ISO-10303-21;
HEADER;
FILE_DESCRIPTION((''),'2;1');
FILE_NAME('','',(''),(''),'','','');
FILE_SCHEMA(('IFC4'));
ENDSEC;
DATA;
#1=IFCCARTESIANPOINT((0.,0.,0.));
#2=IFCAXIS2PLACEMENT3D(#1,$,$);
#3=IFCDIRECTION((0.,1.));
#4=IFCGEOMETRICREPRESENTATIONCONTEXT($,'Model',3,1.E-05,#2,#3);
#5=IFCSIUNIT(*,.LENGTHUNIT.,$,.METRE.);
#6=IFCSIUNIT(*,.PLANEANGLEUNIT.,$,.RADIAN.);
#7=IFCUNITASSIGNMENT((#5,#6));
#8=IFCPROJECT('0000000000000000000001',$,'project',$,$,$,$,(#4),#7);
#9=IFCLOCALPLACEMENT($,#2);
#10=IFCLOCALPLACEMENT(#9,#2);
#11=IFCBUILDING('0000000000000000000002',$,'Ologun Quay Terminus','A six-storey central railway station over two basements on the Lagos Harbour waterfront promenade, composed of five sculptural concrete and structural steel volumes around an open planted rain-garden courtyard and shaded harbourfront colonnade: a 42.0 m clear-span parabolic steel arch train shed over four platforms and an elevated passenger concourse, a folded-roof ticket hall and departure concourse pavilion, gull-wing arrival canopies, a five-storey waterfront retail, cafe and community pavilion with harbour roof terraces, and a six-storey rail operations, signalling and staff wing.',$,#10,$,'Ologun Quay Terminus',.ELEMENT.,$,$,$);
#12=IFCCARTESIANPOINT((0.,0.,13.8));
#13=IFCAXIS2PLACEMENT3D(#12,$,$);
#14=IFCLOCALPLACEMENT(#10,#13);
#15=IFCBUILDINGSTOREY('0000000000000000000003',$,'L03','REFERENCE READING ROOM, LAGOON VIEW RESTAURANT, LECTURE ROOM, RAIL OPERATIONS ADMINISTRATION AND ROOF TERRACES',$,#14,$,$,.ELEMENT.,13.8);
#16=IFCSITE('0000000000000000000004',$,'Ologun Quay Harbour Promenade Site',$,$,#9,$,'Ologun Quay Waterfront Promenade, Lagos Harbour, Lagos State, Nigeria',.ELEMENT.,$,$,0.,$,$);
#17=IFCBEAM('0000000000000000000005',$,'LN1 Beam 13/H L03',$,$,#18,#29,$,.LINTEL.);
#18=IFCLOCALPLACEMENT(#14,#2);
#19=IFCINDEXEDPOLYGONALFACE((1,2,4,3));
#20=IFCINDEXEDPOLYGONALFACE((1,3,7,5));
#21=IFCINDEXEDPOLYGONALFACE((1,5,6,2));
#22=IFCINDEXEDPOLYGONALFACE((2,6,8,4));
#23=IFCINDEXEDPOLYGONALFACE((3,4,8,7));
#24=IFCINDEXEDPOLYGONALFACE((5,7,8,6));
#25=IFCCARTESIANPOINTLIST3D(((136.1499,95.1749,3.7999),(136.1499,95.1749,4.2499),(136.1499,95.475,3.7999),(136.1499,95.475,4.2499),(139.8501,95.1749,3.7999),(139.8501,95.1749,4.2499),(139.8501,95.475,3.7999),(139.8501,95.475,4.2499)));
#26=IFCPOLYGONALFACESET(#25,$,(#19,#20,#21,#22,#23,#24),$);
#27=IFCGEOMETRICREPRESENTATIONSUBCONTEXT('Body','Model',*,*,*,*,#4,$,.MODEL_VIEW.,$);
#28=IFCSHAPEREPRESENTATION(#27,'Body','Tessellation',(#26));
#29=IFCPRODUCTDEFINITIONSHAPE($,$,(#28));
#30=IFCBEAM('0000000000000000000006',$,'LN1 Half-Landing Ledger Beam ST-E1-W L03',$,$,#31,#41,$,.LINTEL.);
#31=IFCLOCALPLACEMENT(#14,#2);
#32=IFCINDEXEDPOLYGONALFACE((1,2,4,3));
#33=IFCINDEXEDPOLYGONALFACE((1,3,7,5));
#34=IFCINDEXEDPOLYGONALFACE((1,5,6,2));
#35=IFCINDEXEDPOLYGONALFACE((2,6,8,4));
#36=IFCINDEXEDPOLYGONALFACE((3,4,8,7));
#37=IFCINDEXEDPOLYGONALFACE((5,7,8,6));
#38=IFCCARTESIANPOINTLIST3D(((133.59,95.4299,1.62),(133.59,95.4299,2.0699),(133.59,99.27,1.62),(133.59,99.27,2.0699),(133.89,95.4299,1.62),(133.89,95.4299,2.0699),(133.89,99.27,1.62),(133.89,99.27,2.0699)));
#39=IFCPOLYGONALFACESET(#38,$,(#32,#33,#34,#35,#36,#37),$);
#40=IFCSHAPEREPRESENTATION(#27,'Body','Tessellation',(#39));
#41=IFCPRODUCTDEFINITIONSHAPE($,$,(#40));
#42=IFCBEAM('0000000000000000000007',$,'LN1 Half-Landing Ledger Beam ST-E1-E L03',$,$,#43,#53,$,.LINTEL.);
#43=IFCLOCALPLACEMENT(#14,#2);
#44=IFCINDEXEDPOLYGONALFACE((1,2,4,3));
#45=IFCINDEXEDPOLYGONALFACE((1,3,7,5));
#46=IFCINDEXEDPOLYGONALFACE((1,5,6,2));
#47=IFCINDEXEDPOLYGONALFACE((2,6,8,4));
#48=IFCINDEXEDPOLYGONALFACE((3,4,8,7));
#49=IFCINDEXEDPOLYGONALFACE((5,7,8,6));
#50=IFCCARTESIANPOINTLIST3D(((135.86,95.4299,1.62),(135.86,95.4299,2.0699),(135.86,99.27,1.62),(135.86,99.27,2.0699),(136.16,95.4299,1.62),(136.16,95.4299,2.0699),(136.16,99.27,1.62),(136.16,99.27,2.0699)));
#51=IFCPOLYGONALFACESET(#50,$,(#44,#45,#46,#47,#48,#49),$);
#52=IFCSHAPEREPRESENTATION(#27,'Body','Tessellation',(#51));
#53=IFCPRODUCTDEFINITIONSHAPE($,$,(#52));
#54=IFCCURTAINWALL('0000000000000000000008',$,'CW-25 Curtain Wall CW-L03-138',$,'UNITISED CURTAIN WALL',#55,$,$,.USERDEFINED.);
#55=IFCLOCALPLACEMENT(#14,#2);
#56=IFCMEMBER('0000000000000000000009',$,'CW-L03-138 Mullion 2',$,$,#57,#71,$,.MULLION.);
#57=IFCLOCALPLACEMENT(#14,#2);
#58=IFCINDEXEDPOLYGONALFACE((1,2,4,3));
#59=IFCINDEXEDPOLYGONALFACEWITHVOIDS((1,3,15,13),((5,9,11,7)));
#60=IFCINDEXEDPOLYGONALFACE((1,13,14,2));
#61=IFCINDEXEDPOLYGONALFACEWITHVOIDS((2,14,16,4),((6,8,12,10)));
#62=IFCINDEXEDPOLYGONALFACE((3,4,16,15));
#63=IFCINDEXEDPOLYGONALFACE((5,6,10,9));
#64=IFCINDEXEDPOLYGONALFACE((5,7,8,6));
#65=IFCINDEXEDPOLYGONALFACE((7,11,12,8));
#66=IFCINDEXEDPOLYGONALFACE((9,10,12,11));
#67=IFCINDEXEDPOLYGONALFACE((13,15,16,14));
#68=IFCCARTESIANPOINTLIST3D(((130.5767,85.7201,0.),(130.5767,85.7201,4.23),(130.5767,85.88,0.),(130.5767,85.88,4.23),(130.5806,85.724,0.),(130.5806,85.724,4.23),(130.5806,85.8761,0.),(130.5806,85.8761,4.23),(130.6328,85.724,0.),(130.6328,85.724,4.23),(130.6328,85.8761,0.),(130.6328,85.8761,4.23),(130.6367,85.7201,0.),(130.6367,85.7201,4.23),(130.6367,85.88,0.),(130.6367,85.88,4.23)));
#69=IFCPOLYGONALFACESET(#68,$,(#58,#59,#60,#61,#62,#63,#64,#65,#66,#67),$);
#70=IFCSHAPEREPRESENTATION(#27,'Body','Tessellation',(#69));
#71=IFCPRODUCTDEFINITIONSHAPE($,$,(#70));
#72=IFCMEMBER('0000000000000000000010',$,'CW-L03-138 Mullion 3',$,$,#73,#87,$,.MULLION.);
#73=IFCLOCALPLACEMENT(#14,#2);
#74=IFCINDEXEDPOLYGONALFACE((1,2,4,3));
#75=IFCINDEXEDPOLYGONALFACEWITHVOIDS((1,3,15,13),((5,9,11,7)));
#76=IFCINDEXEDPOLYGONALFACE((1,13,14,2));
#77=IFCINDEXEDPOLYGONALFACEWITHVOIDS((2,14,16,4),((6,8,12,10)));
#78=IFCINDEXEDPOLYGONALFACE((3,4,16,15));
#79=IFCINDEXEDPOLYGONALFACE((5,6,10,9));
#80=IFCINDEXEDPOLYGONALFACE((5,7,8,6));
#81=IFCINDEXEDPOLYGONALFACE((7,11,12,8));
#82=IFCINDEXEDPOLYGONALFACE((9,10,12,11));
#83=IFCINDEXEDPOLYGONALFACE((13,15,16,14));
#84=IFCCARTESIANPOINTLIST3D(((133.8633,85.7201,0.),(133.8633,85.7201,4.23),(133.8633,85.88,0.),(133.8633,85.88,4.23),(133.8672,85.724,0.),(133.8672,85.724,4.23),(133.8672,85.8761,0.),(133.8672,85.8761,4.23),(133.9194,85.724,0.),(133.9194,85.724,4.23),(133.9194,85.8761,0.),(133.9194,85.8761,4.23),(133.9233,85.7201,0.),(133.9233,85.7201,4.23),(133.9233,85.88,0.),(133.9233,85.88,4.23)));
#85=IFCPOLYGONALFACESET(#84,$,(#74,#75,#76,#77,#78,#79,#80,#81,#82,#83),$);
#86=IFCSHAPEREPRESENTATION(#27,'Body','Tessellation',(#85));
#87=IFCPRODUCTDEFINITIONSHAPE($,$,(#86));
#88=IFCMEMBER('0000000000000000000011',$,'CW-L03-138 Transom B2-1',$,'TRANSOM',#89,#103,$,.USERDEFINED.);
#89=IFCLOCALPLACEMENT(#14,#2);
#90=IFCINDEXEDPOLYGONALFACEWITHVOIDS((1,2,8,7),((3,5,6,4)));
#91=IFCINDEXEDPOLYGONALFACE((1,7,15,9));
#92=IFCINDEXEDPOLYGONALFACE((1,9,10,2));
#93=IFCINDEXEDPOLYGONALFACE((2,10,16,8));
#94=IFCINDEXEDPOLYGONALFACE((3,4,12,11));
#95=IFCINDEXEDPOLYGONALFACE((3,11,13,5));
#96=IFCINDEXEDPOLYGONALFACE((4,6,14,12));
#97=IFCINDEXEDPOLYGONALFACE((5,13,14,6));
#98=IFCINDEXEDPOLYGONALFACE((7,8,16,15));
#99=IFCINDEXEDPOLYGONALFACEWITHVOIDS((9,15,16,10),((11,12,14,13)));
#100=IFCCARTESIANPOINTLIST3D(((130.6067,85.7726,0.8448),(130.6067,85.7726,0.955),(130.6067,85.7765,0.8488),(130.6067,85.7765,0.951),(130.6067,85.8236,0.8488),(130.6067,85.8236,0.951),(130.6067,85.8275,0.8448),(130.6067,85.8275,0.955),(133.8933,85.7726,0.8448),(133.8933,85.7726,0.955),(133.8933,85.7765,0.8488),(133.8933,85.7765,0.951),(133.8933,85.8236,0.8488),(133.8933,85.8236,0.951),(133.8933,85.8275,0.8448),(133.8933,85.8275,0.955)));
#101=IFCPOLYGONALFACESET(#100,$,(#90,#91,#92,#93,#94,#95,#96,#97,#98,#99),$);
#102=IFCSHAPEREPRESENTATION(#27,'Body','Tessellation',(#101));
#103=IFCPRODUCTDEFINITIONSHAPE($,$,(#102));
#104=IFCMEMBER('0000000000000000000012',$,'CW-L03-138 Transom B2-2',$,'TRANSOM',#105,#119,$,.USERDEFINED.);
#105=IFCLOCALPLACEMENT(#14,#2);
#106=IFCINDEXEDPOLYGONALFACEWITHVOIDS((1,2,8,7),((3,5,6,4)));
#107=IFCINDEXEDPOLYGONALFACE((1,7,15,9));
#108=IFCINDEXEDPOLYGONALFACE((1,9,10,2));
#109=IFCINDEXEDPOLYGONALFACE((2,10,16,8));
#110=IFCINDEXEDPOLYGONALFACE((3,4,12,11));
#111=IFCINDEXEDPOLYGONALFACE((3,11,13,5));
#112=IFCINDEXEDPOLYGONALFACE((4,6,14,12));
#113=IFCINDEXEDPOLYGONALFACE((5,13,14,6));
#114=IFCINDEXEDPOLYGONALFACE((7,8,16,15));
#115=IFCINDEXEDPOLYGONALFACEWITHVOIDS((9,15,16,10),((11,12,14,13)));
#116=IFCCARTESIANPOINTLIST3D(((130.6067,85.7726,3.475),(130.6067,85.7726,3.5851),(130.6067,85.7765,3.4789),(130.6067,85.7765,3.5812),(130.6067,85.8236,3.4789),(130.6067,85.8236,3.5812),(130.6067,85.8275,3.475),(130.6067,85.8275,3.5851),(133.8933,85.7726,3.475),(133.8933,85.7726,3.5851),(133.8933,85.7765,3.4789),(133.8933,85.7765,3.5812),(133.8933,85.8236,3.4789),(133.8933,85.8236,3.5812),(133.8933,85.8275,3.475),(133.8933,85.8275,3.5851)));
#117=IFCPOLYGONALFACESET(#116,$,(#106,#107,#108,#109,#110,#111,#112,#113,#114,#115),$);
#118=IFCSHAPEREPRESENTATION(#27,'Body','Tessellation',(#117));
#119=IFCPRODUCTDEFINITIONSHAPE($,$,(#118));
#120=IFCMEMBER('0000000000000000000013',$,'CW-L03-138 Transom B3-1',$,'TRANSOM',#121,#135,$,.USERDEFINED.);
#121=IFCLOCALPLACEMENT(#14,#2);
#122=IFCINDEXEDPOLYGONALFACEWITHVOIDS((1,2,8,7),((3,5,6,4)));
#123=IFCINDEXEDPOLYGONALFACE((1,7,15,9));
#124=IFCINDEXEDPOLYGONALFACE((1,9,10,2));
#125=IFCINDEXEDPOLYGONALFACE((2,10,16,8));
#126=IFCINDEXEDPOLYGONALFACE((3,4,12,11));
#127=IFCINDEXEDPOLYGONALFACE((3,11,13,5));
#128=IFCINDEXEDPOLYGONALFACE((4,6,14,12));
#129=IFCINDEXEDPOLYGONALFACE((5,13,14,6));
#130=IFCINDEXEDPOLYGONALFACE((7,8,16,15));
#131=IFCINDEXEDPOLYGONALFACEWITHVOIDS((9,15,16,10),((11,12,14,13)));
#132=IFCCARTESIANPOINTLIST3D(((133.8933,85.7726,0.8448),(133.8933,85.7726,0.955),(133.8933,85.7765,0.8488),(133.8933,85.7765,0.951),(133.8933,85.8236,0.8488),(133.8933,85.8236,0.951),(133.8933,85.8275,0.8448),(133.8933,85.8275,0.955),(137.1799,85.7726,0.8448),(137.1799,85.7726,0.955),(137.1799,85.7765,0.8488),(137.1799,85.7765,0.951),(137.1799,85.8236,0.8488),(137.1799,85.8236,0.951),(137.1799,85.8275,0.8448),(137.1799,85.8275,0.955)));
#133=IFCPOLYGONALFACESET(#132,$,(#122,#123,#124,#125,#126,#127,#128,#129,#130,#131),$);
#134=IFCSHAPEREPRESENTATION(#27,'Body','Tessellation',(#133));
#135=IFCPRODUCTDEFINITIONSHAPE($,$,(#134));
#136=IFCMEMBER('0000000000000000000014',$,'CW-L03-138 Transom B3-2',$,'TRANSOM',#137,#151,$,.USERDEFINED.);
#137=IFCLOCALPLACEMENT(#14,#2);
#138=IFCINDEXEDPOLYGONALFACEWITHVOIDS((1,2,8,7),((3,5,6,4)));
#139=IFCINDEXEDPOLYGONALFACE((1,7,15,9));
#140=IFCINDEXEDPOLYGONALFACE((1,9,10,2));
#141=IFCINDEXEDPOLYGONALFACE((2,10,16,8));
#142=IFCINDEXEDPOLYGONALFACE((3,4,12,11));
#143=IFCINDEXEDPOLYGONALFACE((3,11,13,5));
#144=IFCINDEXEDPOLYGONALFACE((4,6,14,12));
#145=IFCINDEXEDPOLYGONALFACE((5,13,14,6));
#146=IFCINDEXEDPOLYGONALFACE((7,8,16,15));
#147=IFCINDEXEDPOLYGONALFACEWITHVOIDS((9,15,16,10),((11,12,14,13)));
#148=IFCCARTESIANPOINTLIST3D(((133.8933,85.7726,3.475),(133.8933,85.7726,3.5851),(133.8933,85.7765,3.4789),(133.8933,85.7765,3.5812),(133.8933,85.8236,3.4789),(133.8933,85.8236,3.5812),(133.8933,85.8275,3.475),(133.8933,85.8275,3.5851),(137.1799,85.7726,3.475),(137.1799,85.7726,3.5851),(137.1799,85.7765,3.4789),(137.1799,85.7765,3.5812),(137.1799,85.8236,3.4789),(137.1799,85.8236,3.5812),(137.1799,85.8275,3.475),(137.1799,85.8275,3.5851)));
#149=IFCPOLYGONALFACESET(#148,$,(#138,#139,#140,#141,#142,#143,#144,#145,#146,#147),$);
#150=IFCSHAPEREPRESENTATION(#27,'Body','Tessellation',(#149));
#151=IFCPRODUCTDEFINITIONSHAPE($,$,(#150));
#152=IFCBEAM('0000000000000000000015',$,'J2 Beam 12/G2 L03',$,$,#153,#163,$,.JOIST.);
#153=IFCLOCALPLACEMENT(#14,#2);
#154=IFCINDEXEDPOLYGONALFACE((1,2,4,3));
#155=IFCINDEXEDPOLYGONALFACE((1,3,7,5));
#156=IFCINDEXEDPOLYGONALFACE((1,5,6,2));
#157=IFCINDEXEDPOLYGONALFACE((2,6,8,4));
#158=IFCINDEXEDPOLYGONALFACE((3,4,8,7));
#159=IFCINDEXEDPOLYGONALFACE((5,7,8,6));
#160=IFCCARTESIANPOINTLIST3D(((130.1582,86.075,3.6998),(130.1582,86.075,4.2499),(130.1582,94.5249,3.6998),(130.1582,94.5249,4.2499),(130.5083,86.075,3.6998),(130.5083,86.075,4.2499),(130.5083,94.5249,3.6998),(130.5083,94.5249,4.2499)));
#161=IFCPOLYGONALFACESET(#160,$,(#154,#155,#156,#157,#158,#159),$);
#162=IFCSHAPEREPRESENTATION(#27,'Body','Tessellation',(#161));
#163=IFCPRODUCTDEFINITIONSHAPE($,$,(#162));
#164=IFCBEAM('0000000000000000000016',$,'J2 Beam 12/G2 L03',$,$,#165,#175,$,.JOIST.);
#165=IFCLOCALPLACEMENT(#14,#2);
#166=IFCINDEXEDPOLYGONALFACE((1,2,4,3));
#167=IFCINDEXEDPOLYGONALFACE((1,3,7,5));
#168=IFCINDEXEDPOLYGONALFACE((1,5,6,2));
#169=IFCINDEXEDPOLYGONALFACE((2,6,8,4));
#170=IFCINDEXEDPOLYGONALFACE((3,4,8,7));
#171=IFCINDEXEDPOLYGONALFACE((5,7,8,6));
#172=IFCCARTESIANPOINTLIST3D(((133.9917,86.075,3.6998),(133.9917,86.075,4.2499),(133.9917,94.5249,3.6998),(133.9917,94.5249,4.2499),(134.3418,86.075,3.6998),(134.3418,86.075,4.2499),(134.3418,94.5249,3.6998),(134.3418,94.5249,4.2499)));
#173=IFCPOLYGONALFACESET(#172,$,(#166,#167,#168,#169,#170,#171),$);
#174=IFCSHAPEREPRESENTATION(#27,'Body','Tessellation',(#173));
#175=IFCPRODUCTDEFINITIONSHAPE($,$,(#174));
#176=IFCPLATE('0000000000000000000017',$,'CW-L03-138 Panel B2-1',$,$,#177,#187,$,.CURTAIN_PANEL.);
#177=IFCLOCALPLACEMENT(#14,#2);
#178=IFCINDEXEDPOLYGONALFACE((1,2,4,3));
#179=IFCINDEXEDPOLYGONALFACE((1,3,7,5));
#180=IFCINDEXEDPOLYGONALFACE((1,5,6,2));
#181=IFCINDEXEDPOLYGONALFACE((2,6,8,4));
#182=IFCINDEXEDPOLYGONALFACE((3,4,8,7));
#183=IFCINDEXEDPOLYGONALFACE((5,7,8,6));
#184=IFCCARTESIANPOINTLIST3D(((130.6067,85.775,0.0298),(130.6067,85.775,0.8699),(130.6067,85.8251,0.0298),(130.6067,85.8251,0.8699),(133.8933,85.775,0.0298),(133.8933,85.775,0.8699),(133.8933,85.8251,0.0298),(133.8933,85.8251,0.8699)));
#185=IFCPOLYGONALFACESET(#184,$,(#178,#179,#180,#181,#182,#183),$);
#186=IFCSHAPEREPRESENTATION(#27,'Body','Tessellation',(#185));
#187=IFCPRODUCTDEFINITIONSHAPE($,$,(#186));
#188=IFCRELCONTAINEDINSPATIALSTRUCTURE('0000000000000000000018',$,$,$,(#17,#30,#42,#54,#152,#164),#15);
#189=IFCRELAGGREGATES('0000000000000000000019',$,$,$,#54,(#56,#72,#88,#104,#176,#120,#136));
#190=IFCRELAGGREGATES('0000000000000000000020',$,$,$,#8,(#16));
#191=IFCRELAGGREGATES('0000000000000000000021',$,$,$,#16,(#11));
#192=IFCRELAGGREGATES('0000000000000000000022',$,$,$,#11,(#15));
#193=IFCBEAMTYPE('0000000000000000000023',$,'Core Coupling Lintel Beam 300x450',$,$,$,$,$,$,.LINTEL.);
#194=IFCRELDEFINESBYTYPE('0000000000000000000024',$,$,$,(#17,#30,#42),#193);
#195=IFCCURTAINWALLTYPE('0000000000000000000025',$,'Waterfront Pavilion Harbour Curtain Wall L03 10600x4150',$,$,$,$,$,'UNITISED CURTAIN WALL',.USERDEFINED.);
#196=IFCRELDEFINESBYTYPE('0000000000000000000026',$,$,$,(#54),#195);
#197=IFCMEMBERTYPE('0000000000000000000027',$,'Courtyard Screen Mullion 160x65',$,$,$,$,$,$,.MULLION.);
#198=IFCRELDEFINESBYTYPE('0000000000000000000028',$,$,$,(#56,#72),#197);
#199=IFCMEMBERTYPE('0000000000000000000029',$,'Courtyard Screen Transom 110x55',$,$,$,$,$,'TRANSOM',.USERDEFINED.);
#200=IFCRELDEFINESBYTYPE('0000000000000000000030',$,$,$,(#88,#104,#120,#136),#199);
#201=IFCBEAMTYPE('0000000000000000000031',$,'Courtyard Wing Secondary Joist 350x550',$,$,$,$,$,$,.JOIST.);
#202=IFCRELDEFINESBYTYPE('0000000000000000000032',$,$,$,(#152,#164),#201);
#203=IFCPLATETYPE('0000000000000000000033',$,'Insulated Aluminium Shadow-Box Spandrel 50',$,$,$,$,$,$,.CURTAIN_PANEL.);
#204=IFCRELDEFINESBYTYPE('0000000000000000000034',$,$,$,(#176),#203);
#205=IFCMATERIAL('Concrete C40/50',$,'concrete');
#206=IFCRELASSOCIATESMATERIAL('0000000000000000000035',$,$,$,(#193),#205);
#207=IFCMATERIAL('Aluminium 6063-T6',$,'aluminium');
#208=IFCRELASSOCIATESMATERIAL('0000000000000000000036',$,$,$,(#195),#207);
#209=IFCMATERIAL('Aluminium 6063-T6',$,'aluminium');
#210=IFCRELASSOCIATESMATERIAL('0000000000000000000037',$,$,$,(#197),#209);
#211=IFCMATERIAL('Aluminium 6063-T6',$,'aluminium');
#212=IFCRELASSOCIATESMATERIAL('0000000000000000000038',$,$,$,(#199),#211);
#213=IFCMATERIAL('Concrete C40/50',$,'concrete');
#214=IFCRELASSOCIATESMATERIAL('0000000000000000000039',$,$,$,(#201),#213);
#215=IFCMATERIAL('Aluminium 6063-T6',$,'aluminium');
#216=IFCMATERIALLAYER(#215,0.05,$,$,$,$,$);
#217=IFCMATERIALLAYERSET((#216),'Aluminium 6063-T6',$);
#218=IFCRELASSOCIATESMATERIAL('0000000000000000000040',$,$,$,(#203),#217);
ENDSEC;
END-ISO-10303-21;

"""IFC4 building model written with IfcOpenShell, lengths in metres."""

from ifc_helpers import new_model, si_unit, direction, frame, origin, origin_2d, place, context, subcontext, project, spatial, rectangle, hollow_rectangle, extrude, material, layer, layer_set, material_profile, profile_set, type_object, element, aggregate, save


model = new_model("IFC4")

# Units and contexts
model_context = context("Model", 3, precision=1e-05, world=origin(), true_north=direction((0.0, 1.0)))
body_context = subcontext(model_context, "Body", "Model", "MODEL_VIEW")
ifc_project = project(units=[si_unit("LENGTHUNIT", "METRE"), si_unit("PLANEANGLEUNIT", "RADIAN")], contexts=[model_context])

# Site, building, storey
site_placement = place(None, origin())
site = spatial("IfcSite", under=ifc_project, at=site_placement, Name="Ologun Quay Harbour Promenade Site", LongName="Ologun Quay Waterfront Promenade, Lagos Harbour, Lagos State, Nigeria", CompositionType="ELEMENT", RefElevation=0.0)
building_placement = place(site_placement, origin())
building = spatial("IfcBuilding", under=site, at=building_placement, Name="Ologun Quay Terminus", Description="A six-storey central railway station over two basements on the Lagos Harbour waterfront promenade, composed of five sculptural concrete and structural steel volumes around an open planted rain-garden courtyard and shaded harbourfront colonnade: a 42.0 m clear-span parabolic steel arch train shed over four platforms and an elevated passenger concourse, a folded-roof ticket hall and departure concourse pavilion, gull-wing arrival canopies, a five-storey waterfront retail, cafe and community pavilion with harbour roof terraces, and a six-storey rail operations, signalling and staff wing.", LongName="Ologun Quay Terminus", CompositionType="ELEMENT")
storey_placement = place(building_placement, frame((0.0, 0.0, 13.8)))
storey = spatial("IfcBuildingStorey", under=building, at=storey_placement, Name="L03", Description="REFERENCE READING ROOM, LAGOON VIEW RESTAURANT, LECTURE ROOM, RAIL OPERATIONS ADMINISTRATION AND ROOF TERRACES", CompositionType="ELEMENT", Elevation=13.8)

# Beams
ifc_material_1 = material(Name="Concrete C40/50", Category="concrete")
ifc_material_profile_1 = material_profile(ifc_material_1, rectangle(XDim=0.3, YDim=0.45, at=origin_2d()), Name="RC 300x450")
ifc_profile_set_1 = profile_set([ifc_material_profile_1], Name="Concrete C40/50")
beam_type_1 = type_object("IfcBeamType", Name="Core Coupling Lintel Beam 300x450", PredefinedType="LINTEL", material=ifc_profile_set_1)
beam_placement = place(storey_placement, frame((136.1499, 95.325, 4.0249), z_axis=(1.0, 0.0, 0.0), x_axis=(0.0, 1.0, 0.0)))
element("IfcBeam", 1, at=beam_placement, inside=storey, type_object=beam_type_1, Name="LN1 Beam 13/H L03", PredefinedType="LINTEL", context=body_context, shape_type="SweptSolid", body=[
    extrude(rectangle(XDim=0.3, YDim=0.45, at=origin_2d()), origin(), (0.0, 0.0, 1.0), 3.7002),
])
for number, where, z_axis, x_axis, name in (
    (2, (133.74, 95.4299, 1.845), (0.0, 1.0, 0.0), (-1.0, 0.0, 0.0), "LN1 Half-Landing Ledger Beam ST-E1-W L03"),
    (3, (136.01, 95.4299, 1.845), (0.0, 1.0, 0.0), (-1.0, 0.0, 0.0), "LN1 Half-Landing Ledger Beam ST-E1-E L03"),
):
    element("IfcBeam", number, at=place(storey_placement, frame(where, z_axis=z_axis, x_axis=x_axis)), inside=storey, type_object=beam_type_1, Name=name, PredefinedType="LINTEL", context=body_context, shape_type="SweptSolid", body=[
        extrude(rectangle(XDim=0.3, YDim=0.45, at=origin_2d()), origin(), (0.0, 0.0, 1.0), 3.8401),
    ])

# Curtain wall, members
ifc_material_2 = material(Name="Aluminium 6063-T6", Category="aluminium")
curtain_wall_type = type_object("IfcCurtainWallType", Name="Waterfront Pavilion Harbour Curtain Wall L03 10600x4150", ElementType="UNITISED CURTAIN WALL", PredefinedType="USERDEFINED", material=ifc_material_2)
curtain_wall_placement = place(storey_placement, origin())
curtain_wall = element("IfcCurtainWall", 4, at=curtain_wall_placement, inside=storey, type_object=curtain_wall_type, Name="CW-25 Curtain Wall CW-L03-138", ObjectType="UNITISED CURTAIN WALL", PredefinedType="USERDEFINED")
ifc_material_3 = material(Name="Aluminium 6063-T6", Category="aluminium")
ifc_material_profile_2 = material_profile(ifc_material_3, hollow_rectangle(XDim=0.0601, YDim=0.1599, WallThickness=0.0039, at=origin_2d()), Name="ALU 160x60x4")
ifc_profile_set_2 = profile_set([ifc_material_profile_2], Name="Aluminium 6063-T6")
member_type_1 = type_object("IfcMemberType", Name="Courtyard Screen Mullion 160x65", PredefinedType="MULLION", material=ifc_profile_set_2)
member_1_placement = place(storey_placement, frame((130.6067, 85.8, 0.0), z_axis=(0.0, 0.0, 1.0), x_axis=(1.0, 0.0, 0.0)))
member_1 = element("IfcMember", 5, at=member_1_placement, type_object=member_type_1, Name="CW-L03-138 Mullion 2", PredefinedType="MULLION", context=body_context, shape_type="SweptSolid", body=[
    extrude(hollow_rectangle(XDim=0.0601, YDim=0.1599, WallThickness=0.0039, at=origin_2d()), origin(), (0.0, 0.0, 1.0), 4.23),
])
member_2_placement = place(storey_placement, frame((133.8933, 85.8, 0.0), z_axis=(0.0, 0.0, 1.0), x_axis=(1.0, 0.0, 0.0)))
member_2 = element("IfcMember", 6, at=member_2_placement, type_object=member_type_1, Name="CW-L03-138 Mullion 3", PredefinedType="MULLION", context=body_context, shape_type="SweptSolid", body=[
    extrude(hollow_rectangle(XDim=0.0601, YDim=0.1599, WallThickness=0.0039, at=origin_2d()), origin(), (0.0, 0.0, 1.0), 4.23),
])
ifc_material_4 = material(Name="Aluminium 6063-T6", Category="aluminium")
ifc_material_profile_3 = material_profile(ifc_material_4, hollow_rectangle(XDim=0.0549, YDim=0.1101, WallThickness=0.0039, at=origin_2d()), Name="ALU 110x55x4")
ifc_profile_set_3 = profile_set([ifc_material_profile_3], Name="Aluminium 6063-T6")
member_type_2 = type_object("IfcMemberType", Name="Courtyard Screen Transom 110x55", ElementType="TRANSOM", PredefinedType="USERDEFINED", material=ifc_profile_set_3)
member_3_placement = place(storey_placement, frame((130.6067, 85.8, 0.8999), z_axis=(1.0, 0.0, 0.0), x_axis=(0.0, 1.0, 0.0)))
member_3 = element("IfcMember", 7, at=member_3_placement, type_object=member_type_2, Name="CW-L03-138 Transom B2-1", ObjectType="TRANSOM", PredefinedType="USERDEFINED", context=body_context, shape_type="SweptSolid", body=[
    extrude(hollow_rectangle(XDim=0.0549, YDim=0.1101, WallThickness=0.0039, at=origin_2d()), origin(), (0.0, 0.0, 1.0), 3.2866),
])
member_4_placement = place(storey_placement, frame((130.6067, 85.8, 3.53), z_axis=(1.0, 0.0, 0.0), x_axis=(0.0, 1.0, 0.0)))
member_4 = element("IfcMember", 8, at=member_4_placement, type_object=member_type_2, Name="CW-L03-138 Transom B2-2", ObjectType="TRANSOM", PredefinedType="USERDEFINED", context=body_context, shape_type="SweptSolid", body=[
    extrude(hollow_rectangle(XDim=0.0549, YDim=0.1101, WallThickness=0.0039, at=origin_2d()), origin(), (0.0, 0.0, 1.0), 3.2866),
])
member_5_placement = place(storey_placement, frame((133.8933, 85.8, 0.8999), z_axis=(1.0, 0.0, 0.0), x_axis=(0.0, 1.0, 0.0)))
member_5 = element("IfcMember", 9, at=member_5_placement, type_object=member_type_2, Name="CW-L03-138 Transom B3-1", ObjectType="TRANSOM", PredefinedType="USERDEFINED", context=body_context, shape_type="SweptSolid", body=[
    extrude(hollow_rectangle(XDim=0.0549, YDim=0.1101, WallThickness=0.0039, at=origin_2d()), origin(), (0.0, 0.0, 1.0), 3.2866),
])
member_6_placement = place(storey_placement, frame((133.8933, 85.8, 3.53), z_axis=(1.0, 0.0, 0.0), x_axis=(0.0, 1.0, 0.0)))
member_6 = element("IfcMember", 10, at=member_6_placement, type_object=member_type_2, Name="CW-L03-138 Transom B3-2", ObjectType="TRANSOM", PredefinedType="USERDEFINED", context=body_context, shape_type="SweptSolid", body=[
    extrude(hollow_rectangle(XDim=0.0549, YDim=0.1101, WallThickness=0.0039, at=origin_2d()), origin(), (0.0, 0.0, 1.0), 3.2866),
])

# Beams
ifc_material_5 = material(Name="Concrete C40/50", Category="concrete")
ifc_material_profile_4 = material_profile(ifc_material_5, rectangle(XDim=0.3501, YDim=0.55, at=origin_2d()), Name="RC 350x550")
ifc_profile_set_4 = profile_set([ifc_material_profile_4], Name="Concrete C40/50")
beam_type_2 = type_object("IfcBeamType", Name="Courtyard Wing Secondary Joist 350x550", PredefinedType="JOIST", material=ifc_profile_set_4)
for number, where, z_axis, x_axis, name in (
    (11, (130.3333, 86.075, 3.9749), (0.0, 1.0, 0.0), (-1.0, 0.0, 0.0), "J2 Beam 12/G2 L03"),
    (12, (134.1667, 86.075, 3.9749), (0.0, 1.0, 0.0), (-1.0, 0.0, 0.0), "J2 Beam 12/G2 L03"),
):
    element("IfcBeam", number, at=place(storey_placement, frame(where, z_axis=z_axis, x_axis=x_axis)), inside=storey, type_object=beam_type_2, Name=name, PredefinedType="JOIST", context=body_context, shape_type="SweptSolid", body=[
        extrude(rectangle(XDim=0.3501, YDim=0.55, at=origin_2d()), origin(), (0.0, 0.0, 1.0), 8.45),
    ])

# Plate
ifc_material_6 = material(Name="Aluminium 6063-T6", Category="aluminium")
ifc_layer_1 = layer(ifc_material_6, 0.05)
ifc_layer_set_1 = layer_set([ifc_layer_1], Name="Aluminium 6063-T6")
plate_type_1 = type_object("IfcPlateType", Name="Insulated Aluminium Shadow-Box Spandrel 50", PredefinedType="CURTAIN_PANEL", material=ifc_layer_set_1)
plate_1_placement = place(storey_placement, frame((132.25, 85.8, 0.0298), z_axis=(0.0, 0.0, 1.0), x_axis=(1.0, 0.0, 0.0)))
plate_1 = element("IfcPlate", 13, at=plate_1_placement, type_object=plate_type_1, Name="CW-L03-138 Panel B2-1", PredefinedType="CURTAIN_PANEL", context=body_context, shape_type="SweptSolid", body=[
    extrude(rectangle(XDim=3.2866, YDim=0.05, at=origin_2d()), origin(), (0.0, 0.0, 1.0), 0.8401),
])
aggregate(curtain_wall, [member_1, member_2, member_3, member_4, plate_1, member_5, member_6])

save(model, "model.ifc")
